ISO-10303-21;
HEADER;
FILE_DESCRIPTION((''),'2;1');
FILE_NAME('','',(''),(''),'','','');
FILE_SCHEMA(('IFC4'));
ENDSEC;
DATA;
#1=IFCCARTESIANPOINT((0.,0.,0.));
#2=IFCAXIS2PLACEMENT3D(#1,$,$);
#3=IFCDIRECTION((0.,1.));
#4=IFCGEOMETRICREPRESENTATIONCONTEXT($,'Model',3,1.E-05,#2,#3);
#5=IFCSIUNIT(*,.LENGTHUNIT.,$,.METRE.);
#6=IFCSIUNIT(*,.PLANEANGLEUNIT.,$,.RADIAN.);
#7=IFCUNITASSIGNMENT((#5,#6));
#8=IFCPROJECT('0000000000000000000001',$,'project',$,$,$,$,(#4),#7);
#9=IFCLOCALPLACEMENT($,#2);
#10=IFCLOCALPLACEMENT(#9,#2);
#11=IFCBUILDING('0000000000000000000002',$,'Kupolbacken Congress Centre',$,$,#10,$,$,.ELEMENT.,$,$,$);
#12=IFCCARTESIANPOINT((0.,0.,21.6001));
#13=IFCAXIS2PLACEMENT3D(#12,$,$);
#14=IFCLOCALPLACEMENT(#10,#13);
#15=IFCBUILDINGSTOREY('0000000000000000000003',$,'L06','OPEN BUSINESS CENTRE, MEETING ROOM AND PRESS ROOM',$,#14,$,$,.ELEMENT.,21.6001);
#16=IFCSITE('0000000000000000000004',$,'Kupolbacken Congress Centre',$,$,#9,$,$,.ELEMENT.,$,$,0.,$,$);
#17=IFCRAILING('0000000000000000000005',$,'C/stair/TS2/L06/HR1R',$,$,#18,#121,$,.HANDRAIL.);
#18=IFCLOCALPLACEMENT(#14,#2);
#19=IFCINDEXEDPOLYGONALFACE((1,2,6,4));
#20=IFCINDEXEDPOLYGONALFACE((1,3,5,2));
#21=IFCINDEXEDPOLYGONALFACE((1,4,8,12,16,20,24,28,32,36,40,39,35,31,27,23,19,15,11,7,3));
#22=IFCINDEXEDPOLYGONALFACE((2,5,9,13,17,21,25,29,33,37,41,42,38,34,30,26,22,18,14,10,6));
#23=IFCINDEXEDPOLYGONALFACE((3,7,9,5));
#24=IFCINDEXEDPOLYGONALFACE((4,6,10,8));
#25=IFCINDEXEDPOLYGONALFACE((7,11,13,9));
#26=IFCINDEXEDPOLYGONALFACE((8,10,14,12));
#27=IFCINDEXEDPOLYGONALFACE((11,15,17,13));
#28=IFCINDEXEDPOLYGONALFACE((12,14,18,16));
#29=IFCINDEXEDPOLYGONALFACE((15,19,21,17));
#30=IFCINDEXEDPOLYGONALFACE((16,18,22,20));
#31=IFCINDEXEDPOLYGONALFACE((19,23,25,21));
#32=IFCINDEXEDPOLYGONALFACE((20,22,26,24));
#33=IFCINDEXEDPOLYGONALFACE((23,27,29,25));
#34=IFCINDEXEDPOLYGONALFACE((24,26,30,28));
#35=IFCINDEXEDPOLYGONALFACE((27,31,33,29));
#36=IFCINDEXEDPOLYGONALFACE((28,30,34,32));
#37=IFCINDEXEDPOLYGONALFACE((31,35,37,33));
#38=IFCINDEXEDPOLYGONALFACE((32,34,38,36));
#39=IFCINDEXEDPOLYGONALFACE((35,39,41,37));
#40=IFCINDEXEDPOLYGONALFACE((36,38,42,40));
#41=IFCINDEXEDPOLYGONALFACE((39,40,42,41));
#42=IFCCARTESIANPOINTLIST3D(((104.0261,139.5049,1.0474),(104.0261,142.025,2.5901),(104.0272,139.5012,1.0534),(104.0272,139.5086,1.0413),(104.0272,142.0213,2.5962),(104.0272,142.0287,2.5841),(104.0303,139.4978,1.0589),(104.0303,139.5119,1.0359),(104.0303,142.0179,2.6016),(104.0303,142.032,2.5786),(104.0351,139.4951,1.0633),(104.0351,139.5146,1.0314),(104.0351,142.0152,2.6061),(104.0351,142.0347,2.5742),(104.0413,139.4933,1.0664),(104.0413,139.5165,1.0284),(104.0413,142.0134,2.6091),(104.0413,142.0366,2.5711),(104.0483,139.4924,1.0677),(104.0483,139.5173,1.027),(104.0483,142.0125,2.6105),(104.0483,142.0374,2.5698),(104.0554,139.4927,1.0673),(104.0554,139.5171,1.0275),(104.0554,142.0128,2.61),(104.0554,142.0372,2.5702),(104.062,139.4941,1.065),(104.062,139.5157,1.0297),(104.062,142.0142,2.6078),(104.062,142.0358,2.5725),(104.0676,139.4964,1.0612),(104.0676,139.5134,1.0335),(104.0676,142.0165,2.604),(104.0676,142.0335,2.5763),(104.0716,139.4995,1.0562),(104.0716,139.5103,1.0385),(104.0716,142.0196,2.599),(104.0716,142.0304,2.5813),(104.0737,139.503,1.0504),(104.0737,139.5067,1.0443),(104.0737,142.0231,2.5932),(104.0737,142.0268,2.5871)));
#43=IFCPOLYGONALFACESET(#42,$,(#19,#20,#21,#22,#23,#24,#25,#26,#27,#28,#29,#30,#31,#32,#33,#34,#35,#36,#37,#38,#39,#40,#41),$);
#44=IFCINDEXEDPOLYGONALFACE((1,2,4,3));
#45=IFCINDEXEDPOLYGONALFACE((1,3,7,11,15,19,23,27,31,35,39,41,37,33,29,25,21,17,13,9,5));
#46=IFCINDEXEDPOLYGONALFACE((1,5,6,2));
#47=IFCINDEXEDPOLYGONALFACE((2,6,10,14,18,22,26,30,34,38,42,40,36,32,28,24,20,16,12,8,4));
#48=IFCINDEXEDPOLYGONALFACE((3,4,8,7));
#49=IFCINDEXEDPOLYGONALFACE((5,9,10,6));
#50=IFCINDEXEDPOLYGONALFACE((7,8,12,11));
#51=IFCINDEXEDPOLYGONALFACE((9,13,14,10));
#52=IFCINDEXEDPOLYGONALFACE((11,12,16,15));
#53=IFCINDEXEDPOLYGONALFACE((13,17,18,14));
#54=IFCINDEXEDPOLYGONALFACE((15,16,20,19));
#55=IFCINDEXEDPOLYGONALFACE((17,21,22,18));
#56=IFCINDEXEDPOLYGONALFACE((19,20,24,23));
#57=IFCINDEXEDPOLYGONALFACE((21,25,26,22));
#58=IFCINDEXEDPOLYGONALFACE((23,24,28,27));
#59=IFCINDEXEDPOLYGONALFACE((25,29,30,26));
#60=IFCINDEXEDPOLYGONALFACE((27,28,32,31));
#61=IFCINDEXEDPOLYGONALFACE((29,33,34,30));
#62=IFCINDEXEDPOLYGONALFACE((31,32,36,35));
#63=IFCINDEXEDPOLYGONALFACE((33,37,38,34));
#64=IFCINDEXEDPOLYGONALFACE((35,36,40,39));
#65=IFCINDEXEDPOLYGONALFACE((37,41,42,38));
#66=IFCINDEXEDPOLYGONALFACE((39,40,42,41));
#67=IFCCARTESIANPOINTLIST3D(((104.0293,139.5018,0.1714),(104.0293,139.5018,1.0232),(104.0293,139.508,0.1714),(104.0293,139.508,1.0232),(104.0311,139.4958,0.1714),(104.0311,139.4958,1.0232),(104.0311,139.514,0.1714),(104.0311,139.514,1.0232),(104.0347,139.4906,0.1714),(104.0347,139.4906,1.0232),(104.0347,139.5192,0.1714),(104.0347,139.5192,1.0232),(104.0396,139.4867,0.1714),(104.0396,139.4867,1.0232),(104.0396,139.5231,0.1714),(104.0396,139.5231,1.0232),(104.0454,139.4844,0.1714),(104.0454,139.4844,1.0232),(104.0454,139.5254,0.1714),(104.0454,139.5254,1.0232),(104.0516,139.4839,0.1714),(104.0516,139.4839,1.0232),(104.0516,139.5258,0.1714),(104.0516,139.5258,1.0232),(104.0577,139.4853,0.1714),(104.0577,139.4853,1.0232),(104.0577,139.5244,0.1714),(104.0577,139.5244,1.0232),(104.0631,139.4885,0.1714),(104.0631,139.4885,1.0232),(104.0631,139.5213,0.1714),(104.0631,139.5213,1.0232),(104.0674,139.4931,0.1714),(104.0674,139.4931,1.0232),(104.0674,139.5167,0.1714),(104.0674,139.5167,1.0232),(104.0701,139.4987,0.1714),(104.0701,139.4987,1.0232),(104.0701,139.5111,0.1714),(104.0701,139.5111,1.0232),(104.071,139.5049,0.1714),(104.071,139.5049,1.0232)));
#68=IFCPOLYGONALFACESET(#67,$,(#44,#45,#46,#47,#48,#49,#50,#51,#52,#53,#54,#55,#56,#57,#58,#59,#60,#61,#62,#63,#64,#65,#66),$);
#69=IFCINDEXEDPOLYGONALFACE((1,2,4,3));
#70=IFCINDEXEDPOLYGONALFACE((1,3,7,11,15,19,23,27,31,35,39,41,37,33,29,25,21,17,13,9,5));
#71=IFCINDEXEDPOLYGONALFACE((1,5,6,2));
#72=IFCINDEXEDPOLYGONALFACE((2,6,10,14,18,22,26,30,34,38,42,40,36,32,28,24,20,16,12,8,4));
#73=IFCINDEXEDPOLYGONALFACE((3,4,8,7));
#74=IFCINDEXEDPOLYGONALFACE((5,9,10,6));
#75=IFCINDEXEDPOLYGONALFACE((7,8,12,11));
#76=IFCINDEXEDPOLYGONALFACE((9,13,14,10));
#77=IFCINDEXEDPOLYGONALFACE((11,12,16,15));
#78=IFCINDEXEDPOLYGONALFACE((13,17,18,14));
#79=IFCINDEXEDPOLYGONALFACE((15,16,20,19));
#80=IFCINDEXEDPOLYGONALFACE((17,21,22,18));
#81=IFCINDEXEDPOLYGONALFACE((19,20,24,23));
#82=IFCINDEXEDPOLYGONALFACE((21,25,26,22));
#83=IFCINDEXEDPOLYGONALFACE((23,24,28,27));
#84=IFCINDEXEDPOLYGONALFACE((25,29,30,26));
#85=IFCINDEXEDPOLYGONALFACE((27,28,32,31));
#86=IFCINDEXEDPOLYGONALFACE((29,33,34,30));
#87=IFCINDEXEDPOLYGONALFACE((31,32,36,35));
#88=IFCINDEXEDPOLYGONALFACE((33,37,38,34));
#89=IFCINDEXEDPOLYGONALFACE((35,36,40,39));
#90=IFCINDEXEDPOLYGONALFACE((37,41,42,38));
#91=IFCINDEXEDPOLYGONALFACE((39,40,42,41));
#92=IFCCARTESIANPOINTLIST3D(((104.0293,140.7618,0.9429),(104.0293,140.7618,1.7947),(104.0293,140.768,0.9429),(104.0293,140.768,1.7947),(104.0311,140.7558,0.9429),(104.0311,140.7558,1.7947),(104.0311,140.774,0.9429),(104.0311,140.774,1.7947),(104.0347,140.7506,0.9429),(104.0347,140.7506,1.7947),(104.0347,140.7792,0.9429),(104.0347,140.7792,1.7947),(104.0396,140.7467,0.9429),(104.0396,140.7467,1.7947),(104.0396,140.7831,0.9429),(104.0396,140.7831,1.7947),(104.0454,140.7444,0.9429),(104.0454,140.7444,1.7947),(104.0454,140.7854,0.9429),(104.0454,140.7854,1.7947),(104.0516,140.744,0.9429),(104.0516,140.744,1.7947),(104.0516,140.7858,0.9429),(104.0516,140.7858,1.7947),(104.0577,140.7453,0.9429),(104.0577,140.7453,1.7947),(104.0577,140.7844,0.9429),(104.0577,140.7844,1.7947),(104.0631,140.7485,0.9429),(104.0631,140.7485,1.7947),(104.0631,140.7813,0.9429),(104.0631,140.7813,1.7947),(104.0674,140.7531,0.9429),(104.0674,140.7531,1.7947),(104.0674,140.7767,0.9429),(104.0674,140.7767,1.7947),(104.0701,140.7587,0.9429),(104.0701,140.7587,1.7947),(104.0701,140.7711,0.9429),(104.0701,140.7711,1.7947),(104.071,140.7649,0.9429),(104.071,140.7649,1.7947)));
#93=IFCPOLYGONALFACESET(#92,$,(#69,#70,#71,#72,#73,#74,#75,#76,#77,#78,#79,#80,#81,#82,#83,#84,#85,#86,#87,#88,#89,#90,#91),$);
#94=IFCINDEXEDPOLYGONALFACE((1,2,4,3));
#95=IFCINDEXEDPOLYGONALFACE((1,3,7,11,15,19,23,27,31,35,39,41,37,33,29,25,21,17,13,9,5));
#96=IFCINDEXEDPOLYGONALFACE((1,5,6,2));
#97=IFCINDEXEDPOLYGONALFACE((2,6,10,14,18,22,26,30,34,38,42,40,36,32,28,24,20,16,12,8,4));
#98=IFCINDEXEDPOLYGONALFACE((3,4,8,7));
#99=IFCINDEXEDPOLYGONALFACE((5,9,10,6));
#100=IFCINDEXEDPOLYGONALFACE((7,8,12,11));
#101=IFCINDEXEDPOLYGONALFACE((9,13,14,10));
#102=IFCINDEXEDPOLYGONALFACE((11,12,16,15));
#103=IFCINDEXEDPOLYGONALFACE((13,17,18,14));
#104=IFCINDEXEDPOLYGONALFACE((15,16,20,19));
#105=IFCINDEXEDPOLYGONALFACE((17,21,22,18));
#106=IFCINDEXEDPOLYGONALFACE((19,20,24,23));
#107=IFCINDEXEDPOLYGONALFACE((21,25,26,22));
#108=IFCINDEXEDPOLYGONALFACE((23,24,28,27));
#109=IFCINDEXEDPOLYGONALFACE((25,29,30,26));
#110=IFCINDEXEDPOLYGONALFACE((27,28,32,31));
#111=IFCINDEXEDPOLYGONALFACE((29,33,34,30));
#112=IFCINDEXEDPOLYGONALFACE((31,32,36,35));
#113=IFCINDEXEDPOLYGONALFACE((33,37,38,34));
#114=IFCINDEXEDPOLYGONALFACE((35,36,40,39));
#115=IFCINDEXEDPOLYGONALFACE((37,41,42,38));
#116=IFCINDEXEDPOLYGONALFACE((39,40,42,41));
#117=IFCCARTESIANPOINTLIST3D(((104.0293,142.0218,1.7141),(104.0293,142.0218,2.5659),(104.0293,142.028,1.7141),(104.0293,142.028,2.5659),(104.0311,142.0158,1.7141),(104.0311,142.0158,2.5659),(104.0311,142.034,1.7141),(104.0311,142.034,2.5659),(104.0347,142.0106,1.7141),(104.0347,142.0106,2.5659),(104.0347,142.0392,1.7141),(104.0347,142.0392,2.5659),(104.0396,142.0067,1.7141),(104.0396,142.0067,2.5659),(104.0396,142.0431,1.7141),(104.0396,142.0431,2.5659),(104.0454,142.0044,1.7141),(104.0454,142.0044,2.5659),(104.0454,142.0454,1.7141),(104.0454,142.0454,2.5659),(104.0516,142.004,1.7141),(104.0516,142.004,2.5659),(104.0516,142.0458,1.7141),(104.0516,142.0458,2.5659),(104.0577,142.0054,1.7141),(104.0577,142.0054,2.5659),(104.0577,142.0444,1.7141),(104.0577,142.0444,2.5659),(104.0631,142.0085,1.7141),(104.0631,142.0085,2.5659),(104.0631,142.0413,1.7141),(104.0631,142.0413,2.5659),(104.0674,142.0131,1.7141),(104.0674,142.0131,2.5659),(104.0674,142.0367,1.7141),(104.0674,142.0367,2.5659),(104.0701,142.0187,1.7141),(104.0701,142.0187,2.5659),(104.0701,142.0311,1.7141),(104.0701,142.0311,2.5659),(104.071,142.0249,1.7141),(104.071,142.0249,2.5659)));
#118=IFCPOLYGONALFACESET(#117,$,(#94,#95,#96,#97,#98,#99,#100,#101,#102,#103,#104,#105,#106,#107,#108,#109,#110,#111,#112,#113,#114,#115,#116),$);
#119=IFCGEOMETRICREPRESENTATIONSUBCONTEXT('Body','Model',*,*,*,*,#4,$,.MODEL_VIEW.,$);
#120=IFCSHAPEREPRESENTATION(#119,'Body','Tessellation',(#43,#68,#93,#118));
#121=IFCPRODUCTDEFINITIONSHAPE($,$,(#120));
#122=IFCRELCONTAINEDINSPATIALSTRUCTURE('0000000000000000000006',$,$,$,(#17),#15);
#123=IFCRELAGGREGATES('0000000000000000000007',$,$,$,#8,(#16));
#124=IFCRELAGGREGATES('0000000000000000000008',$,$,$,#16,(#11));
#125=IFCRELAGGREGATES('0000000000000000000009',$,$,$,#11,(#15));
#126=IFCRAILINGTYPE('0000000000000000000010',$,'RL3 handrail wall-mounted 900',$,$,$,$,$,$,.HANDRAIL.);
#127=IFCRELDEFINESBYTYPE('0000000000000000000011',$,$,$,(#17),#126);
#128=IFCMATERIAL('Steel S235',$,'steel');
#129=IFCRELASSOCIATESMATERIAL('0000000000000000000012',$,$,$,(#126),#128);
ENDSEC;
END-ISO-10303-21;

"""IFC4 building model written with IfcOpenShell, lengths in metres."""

from ifc_helpers import new_model, si_unit, direction, frame, origin, origin_2d, place, context, subcontext, project, spatial, circle, extrude, material, type_object, element, save


model = new_model("IFC4")

# Units and contexts
model_context = context("Model", 3, precision=1e-05, world=origin(), true_north=direction((0.0, 1.0)))
body_context = subcontext(model_context, "Body", "Model", "MODEL_VIEW")
ifc_project = project(units=[si_unit("LENGTHUNIT", "METRE"), si_unit("PLANEANGLEUNIT", "RADIAN")], contexts=[model_context])

# Site, building, storey
site_placement = place(None, origin())
site = spatial("IfcSite", under=ifc_project, at=site_placement, Name="Kupolbacken Congress Centre", CompositionType="ELEMENT", RefElevation=0.0)
building_placement = place(site_placement, origin())
building = spatial("IfcBuilding", under=site, at=building_placement, Name="Kupolbacken Congress Centre", CompositionType="ELEMENT")
storey_placement = place(building_placement, frame((0.0, 0.0, 21.6001)))
storey = spatial("IfcBuildingStorey", under=building, at=storey_placement, Name="L06", Description="OPEN BUSINESS CENTRE, MEETING ROOM AND PRESS ROOM", CompositionType="ELEMENT", Elevation=21.6001)

# Railing
ifc_material_1 = material(Name="Steel S235", Category="steel")
railing_type = type_object("IfcRailingType", Name="RL3 handrail wall-mounted 900", PredefinedType="HANDRAIL", material=ifc_material_1)
for number, where, name in (
    (1, (104.05, 139.5049, 0.1714), "C/stair/TS2/L06/HR1R"),
):
    element("IfcRailing", number, at=place(storey_placement, frame(where)), inside=storey, type_object=railing_type, Name=name, PredefinedType="HANDRAIL", context=body_context, shape_type="SweptSolid", body=[
        extrude(circle(Radius=0.0239, at=origin_2d()), frame((0.0, 0.0, 0.876), z_axis=(0.0, 0.852873, 0.522118), x_axis=(-1.0, 0.0, 0.0)), (0.0, 0.0, 1.0), 2.9548),
        extrude(circle(Radius=0.021, at=origin_2d()), origin(), (0.0, 0.0, 1.0), 0.8518),
        extrude(circle(Radius=0.021, at=origin_2d()), frame((0.0, 1.26, 0.7715)), (0.0, 0.0, 1.0), 0.8518),
        extrude(circle(Radius=0.021, at=origin_2d()), frame((0.0, 2.52, 1.5427)), (0.0, 0.0, 1.0), 0.8518),
    ])

save(model, "model.ifc")
